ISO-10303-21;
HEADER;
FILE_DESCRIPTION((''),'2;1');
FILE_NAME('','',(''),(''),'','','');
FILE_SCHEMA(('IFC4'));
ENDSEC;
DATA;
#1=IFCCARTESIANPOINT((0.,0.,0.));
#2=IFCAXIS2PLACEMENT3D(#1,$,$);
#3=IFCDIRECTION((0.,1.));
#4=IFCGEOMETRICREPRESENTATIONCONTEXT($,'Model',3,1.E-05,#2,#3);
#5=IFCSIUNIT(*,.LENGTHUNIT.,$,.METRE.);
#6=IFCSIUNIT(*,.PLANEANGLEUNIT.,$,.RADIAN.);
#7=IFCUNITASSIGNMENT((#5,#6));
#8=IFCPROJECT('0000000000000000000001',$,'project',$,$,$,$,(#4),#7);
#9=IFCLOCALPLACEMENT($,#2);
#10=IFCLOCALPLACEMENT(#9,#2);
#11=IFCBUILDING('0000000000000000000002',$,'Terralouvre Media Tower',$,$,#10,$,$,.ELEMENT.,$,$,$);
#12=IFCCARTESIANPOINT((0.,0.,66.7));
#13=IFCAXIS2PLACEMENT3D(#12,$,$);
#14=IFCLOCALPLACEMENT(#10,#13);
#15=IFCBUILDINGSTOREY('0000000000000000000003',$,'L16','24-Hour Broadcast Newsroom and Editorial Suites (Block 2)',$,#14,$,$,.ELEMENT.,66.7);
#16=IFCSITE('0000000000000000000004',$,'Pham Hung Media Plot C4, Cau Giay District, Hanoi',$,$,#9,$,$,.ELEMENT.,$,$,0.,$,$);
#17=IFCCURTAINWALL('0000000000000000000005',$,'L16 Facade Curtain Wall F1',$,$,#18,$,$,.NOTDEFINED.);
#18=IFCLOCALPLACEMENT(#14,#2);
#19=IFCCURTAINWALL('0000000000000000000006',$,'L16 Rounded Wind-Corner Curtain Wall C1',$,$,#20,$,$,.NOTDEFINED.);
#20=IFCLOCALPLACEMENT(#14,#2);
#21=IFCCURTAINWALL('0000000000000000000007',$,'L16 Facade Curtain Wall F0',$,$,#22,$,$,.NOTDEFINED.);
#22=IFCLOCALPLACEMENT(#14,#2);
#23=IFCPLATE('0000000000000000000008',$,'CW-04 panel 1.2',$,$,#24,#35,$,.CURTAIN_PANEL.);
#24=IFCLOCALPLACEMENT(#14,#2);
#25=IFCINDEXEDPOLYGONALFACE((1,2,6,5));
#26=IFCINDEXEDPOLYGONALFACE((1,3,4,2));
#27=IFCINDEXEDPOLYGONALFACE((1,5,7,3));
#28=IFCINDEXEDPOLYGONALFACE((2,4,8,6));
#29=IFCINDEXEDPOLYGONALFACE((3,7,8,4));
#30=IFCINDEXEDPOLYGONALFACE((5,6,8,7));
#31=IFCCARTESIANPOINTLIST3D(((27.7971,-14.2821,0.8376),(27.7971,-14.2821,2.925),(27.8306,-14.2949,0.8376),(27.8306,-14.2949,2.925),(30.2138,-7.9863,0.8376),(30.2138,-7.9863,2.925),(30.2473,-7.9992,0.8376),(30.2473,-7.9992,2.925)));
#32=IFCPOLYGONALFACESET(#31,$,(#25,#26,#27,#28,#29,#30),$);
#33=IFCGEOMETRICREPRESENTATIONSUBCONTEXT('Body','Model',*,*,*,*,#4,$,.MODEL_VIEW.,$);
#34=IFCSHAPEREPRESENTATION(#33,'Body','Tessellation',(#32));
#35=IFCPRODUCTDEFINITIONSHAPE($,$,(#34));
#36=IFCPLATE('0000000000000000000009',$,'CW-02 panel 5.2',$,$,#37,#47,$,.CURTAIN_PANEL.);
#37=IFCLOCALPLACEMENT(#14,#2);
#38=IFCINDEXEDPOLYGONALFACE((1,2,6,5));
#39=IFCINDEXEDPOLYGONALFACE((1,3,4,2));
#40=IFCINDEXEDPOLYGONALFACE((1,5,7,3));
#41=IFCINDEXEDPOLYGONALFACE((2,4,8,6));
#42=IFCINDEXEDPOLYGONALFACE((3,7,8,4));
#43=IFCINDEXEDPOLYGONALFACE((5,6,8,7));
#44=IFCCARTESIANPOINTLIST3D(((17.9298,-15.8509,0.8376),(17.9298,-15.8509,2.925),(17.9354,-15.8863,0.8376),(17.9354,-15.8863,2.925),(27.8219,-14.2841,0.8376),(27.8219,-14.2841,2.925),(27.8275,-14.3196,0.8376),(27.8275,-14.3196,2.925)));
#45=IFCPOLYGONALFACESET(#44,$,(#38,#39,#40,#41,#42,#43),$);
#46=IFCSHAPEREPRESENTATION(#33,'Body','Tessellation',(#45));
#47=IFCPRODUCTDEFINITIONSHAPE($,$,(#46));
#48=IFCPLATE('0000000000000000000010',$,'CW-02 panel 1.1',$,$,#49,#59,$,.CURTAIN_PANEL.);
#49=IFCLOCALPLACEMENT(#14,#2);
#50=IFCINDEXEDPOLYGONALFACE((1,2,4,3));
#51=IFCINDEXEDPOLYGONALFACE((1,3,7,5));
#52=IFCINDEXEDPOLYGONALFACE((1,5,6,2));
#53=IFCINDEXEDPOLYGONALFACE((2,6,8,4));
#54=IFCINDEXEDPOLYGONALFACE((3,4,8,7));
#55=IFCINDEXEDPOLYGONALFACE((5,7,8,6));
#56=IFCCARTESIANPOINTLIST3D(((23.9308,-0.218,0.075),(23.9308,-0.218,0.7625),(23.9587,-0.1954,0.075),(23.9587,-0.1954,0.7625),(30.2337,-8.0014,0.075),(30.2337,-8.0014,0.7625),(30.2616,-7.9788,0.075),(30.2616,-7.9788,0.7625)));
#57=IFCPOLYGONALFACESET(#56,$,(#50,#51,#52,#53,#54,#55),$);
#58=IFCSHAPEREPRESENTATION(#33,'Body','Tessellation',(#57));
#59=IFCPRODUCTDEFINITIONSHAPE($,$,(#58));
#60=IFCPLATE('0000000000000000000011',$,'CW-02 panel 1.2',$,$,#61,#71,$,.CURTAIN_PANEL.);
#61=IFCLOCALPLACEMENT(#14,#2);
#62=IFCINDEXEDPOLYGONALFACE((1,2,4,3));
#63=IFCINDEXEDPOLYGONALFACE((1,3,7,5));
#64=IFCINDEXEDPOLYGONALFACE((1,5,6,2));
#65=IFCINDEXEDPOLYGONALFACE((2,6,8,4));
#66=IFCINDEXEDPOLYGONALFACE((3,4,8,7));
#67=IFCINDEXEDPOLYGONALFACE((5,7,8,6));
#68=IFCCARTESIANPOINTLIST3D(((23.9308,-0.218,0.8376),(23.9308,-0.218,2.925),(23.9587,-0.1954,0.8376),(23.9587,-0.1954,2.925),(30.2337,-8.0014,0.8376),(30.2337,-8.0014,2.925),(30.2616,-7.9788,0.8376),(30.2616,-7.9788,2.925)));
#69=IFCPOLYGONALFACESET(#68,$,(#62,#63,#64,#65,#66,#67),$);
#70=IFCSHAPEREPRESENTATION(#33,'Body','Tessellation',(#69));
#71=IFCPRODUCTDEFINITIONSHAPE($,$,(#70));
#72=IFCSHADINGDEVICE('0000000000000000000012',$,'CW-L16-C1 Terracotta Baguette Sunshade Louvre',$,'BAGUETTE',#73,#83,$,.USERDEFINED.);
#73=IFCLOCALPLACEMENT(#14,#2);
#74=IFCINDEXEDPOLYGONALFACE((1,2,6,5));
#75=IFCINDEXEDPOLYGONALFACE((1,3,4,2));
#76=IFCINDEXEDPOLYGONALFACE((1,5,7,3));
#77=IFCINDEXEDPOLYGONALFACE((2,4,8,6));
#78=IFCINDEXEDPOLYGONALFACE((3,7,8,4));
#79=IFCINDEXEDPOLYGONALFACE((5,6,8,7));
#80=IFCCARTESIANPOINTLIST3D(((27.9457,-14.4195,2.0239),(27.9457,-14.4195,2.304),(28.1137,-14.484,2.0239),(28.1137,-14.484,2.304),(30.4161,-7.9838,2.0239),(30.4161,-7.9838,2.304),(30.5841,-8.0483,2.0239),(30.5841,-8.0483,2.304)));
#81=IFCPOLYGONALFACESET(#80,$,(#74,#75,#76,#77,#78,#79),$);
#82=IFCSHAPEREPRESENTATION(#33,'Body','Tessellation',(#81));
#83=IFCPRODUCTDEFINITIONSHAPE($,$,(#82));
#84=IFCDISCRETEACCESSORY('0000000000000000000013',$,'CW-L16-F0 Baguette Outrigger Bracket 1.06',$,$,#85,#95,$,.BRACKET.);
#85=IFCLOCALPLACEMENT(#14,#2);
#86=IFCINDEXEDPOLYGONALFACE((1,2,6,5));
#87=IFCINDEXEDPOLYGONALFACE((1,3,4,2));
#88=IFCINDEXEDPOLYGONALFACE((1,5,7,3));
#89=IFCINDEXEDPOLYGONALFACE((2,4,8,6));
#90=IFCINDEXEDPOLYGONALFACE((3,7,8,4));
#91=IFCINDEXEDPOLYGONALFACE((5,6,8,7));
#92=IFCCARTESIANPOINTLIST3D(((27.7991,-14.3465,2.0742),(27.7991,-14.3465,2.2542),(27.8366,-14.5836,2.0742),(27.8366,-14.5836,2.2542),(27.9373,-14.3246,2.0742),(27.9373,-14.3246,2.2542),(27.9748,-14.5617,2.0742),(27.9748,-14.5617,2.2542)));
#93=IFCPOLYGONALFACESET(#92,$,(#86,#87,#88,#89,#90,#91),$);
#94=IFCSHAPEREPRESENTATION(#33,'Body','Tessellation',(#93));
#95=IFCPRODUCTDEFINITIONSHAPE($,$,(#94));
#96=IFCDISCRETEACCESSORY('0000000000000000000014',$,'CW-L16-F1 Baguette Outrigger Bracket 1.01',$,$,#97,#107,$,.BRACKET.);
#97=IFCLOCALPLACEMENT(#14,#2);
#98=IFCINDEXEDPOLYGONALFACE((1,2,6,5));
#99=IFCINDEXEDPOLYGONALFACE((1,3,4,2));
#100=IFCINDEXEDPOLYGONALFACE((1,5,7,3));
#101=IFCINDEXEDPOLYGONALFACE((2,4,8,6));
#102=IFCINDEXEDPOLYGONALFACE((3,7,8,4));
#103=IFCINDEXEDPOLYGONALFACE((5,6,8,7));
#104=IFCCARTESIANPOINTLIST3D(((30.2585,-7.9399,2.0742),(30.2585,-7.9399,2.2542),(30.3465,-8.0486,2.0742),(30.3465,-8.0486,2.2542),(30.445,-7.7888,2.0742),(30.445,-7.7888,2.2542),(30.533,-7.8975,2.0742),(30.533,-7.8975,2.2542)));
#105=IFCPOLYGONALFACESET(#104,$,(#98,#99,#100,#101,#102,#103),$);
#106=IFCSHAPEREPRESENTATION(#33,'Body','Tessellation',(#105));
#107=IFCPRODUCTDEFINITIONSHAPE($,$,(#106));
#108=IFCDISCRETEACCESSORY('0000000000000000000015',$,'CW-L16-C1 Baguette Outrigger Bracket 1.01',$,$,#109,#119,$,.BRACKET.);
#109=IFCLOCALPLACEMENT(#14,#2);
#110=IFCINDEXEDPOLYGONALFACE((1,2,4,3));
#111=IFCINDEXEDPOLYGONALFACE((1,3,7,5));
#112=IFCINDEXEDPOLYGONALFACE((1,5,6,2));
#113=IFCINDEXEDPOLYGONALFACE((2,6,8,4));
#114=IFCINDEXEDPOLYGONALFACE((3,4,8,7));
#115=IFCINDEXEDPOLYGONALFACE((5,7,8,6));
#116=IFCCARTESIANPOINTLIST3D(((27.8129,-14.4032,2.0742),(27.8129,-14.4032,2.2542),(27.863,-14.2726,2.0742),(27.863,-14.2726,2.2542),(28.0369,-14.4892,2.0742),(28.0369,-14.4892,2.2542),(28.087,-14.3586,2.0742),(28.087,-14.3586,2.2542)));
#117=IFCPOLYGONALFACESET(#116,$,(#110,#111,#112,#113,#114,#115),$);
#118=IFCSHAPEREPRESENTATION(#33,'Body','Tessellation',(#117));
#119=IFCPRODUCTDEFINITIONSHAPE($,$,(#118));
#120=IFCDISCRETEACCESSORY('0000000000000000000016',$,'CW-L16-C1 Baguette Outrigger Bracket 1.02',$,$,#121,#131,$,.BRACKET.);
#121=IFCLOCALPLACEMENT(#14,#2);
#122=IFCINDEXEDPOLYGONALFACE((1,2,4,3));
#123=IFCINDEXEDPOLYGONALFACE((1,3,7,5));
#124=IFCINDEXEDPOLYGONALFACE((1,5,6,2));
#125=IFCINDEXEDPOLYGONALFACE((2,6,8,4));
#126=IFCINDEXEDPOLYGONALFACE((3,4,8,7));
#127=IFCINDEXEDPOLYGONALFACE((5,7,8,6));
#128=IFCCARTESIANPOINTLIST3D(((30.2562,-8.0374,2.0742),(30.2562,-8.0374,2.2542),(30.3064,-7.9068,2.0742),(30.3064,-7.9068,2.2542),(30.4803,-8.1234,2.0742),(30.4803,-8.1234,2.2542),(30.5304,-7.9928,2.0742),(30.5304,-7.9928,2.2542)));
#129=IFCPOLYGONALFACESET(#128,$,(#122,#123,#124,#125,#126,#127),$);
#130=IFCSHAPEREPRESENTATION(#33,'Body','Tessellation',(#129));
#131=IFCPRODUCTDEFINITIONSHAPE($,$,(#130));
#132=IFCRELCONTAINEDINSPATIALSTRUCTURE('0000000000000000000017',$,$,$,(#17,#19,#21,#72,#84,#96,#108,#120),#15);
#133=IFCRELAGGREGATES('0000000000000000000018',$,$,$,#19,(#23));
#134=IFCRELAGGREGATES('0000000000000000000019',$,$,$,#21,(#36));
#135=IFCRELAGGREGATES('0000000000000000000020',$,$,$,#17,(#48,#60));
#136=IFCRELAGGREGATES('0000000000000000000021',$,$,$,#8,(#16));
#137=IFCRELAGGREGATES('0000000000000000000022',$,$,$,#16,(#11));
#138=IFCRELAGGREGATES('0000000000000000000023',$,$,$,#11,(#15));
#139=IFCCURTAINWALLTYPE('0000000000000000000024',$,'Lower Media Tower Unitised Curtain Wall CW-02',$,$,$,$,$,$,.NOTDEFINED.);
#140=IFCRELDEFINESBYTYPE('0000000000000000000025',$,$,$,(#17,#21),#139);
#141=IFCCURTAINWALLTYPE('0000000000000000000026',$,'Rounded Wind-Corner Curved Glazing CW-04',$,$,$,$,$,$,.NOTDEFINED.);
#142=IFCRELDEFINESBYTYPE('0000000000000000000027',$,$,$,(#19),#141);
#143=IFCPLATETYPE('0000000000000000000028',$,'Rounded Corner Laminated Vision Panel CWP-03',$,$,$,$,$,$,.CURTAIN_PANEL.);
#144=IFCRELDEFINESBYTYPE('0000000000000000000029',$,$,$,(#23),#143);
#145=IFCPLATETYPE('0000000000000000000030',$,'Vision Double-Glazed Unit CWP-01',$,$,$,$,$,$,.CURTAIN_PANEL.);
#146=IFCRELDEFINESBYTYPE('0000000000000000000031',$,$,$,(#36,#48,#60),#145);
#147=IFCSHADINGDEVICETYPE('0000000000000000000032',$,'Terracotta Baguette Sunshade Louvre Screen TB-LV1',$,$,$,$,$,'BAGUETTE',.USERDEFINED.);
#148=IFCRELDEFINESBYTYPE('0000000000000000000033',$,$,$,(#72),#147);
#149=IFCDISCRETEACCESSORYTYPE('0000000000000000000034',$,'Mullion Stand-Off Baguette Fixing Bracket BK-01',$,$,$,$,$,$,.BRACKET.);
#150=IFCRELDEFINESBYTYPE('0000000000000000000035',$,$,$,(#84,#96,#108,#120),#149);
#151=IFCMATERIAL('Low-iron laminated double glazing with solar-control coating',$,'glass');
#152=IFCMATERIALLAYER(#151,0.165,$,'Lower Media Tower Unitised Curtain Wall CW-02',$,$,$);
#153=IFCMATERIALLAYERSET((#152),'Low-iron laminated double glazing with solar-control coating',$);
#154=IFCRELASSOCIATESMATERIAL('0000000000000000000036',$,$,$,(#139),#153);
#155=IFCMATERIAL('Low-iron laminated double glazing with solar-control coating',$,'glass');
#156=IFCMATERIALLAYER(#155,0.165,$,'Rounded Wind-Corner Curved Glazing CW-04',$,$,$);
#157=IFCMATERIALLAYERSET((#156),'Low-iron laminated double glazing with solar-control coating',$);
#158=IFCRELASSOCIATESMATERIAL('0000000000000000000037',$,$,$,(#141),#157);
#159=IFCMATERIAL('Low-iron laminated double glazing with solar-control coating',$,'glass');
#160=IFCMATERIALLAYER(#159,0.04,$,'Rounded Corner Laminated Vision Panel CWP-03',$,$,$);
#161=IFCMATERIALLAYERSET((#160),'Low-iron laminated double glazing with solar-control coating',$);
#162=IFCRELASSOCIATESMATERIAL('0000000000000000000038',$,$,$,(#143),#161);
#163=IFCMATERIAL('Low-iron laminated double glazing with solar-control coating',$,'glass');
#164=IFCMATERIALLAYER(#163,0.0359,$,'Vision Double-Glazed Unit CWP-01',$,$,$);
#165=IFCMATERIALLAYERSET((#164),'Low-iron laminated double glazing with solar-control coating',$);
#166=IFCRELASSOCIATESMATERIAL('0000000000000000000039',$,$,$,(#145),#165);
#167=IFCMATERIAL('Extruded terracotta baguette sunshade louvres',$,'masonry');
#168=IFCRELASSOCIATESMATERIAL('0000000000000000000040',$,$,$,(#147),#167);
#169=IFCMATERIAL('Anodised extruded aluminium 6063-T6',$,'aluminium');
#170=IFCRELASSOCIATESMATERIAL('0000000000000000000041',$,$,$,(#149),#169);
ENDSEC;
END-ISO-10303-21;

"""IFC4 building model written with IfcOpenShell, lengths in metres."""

from ifc_helpers import new_model, si_unit, direction, frame, origin, origin_2d, place, context, subcontext, project, spatial, rectangle, extrude, material, layer, layer_set, type_object, element, aggregate, save


model = new_model("IFC4")

# Units and contexts
model_context = context("Model", 3, precision=1e-05, world=origin(), true_north=direction((0.0, 1.0)))
body_context = subcontext(model_context, "Body", "Model", "MODEL_VIEW")
ifc_project = project(units=[si_unit("LENGTHUNIT", "METRE"), si_unit("PLANEANGLEUNIT", "RADIAN")], contexts=[model_context])

# Site, building, storey
site_placement = place(None, origin())
site = spatial("IfcSite", under=ifc_project, at=site_placement, Name="Pham Hung Media Plot C4, Cau Giay District, Hanoi", CompositionType="ELEMENT", RefElevation=0.0)
building_placement = place(site_placement, origin())
building = spatial("IfcBuilding", under=site, at=building_placement, Name="Terralouvre Media Tower", CompositionType="ELEMENT")
storey_placement = place(building_placement, frame((0.0, 0.0, 66.7)))
storey = spatial("IfcBuildingStorey", under=building, at=storey_placement, Name="L16", Description="24-Hour Broadcast Newsroom and Editorial Suites (Block 2)", CompositionType="ELEMENT", Elevation=66.7)

# Curtain walls
ifc_material_1 = material(Name="Low-iron laminated double glazing with solar-control coating", Category="glass")
ifc_layer_1 = layer(ifc_material_1, 0.165, Name="Lower Media Tower Unitised Curtain Wall CW-02")
ifc_layer_set_1 = layer_set([ifc_layer_1], Name="Low-iron laminated double glazing with solar-control coating")
curtain_wall_type_1 = type_object("IfcCurtainWallType", Name="Lower Media Tower Unitised Curtain Wall CW-02", PredefinedType="NOTDEFINED", material=ifc_layer_set_1)
curtain_wall_1_placement = place(storey_placement, origin())
curtain_wall_1 = element("IfcCurtainWall", 1, at=curtain_wall_1_placement, inside=storey, type_object=curtain_wall_type_1, Name="L16 Facade Curtain Wall F1", PredefinedType="NOTDEFINED")
ifc_material_2 = material(Name="Low-iron laminated double glazing with solar-control coating", Category="glass")
ifc_layer_2 = layer(ifc_material_2, 0.165, Name="Rounded Wind-Corner Curved Glazing CW-04")
ifc_layer_set_2 = layer_set([ifc_layer_2], Name="Low-iron laminated double glazing with solar-control coating")
curtain_wall_type_2 = type_object("IfcCurtainWallType", Name="Rounded Wind-Corner Curved Glazing CW-04", PredefinedType="NOTDEFINED", material=ifc_layer_set_2)
curtain_wall_2_placement = place(storey_placement, origin())
curtain_wall_2 = element("IfcCurtainWall", 2, at=curtain_wall_2_placement, inside=storey, type_object=curtain_wall_type_2, Name="L16 Rounded Wind-Corner Curtain Wall C1", PredefinedType="NOTDEFINED")

# Curtain wall
curtain_wall_3_placement = place(storey_placement, origin())
curtain_wall_3 = element("IfcCurtainWall", 3, at=curtain_wall_3_placement, inside=storey, type_object=curtain_wall_type_1, Name="L16 Facade Curtain Wall F0", PredefinedType="NOTDEFINED")

# Plates
ifc_material_3 = material(Name="Low-iron laminated double glazing with solar-control coating", Category="glass")
ifc_layer_3 = layer(ifc_material_3, 0.04, Name="Rounded Corner Laminated Vision Panel CWP-03")
ifc_layer_set_3 = layer_set([ifc_layer_3], Name="Low-iron laminated double glazing with solar-control coating")
plate_type_1 = type_object("IfcPlateType", Name="Rounded Corner Laminated Vision Panel CWP-03", PredefinedType="CURTAIN_PANEL", material=ifc_layer_set_3)
plate_1_placement = place(storey_placement, frame((29.0222, -11.1406, 0.8376), z_axis=(0.0, 0.0, 1.0), x_axis=(0.358367, 0.933581, 0.0)))
plate_1 = element("IfcPlate", 4, at=plate_1_placement, type_object=plate_type_1, Name="CW-04 panel 1.2", PredefinedType="CURTAIN_PANEL", context=body_context, shape_type="SweptSolid", body=[
    extrude(rectangle(XDim=6.7437, YDim=0.0359, at=origin_2d()), origin(), (0.0, 0.0, 1.0), 2.0874),
])
aggregate(curtain_wall_2, [plate_1])
ifc_material_4 = material(Name="Low-iron laminated double glazing with solar-control coating", Category="glass")
ifc_layer_4 = layer(ifc_material_4, 0.0359, Name="Vision Double-Glazed Unit CWP-01")
ifc_layer_set_4 = layer_set([ifc_layer_4], Name="Low-iron laminated double glazing with solar-control coating")
plate_type_2 = type_object("IfcPlateType", Name="Vision Double-Glazed Unit CWP-01", PredefinedType="CURTAIN_PANEL", material=ifc_layer_set_4)
plate_2_placement = place(storey_placement, frame((22.8787, -15.0852, 0.8376), z_axis=(0.0, 0.0, 1.0), x_axis=(0.987688, 0.156434, 0.0)))
plate_2 = element("IfcPlate", 5, at=plate_2_placement, type_object=plate_type_2, Name="CW-02 panel 5.2", PredefinedType="CURTAIN_PANEL", context=body_context, shape_type="SweptSolid", body=[
    extrude(rectangle(XDim=10.0154, YDim=0.0359, at=origin_2d()), origin(), (0.0, 0.0, 1.0), 2.0874),
])
aggregate(curtain_wall_3, [plate_2])
plate_3_placement = place(storey_placement, frame((27.0962, -4.0984, 0.075), z_axis=(0.0, 0.0, 1.0), x_axis=(-0.62932, 0.777146, 0.0)))
plate_3 = element("IfcPlate", 6, at=plate_3_placement, type_object=plate_type_2, Name="CW-02 panel 1.1", PredefinedType="CURTAIN_PANEL", context=body_context, shape_type="SweptSolid", body=[
    extrude(rectangle(XDim=10.0154, YDim=0.0359, at=origin_2d()), origin(), (0.0, 0.0, 1.0), 0.6875),
])
plate_4_placement = place(storey_placement, frame((27.0962, -4.0984, 0.8376), z_axis=(0.0, 0.0, 1.0), x_axis=(-0.62932, 0.777146, 0.0)))
plate_4 = element("IfcPlate", 7, at=plate_4_placement, type_object=plate_type_2, Name="CW-02 panel 1.2", PredefinedType="CURTAIN_PANEL", context=body_context, shape_type="SweptSolid", body=[
    extrude(rectangle(XDim=10.0154, YDim=0.0359, at=origin_2d()), origin(), (0.0, 0.0, 1.0), 2.0874),
])
aggregate(curtain_wall_1, [plate_3, plate_4])

# Shading device
ifc_material_5 = material(Name="Extruded terracotta baguette sunshade louvres", Category="masonry")
shading_device_type = type_object("IfcShadingDeviceType", Name="Terracotta Baguette Sunshade Louvre Screen TB-LV1", ElementType="BAGUETTE", PredefinedType="USERDEFINED", material=ifc_material_5)
shading_device_placement = place(storey_placement, frame((29.2649, -11.2339, 2.0239), z_axis=(0.0, 0.0, 1.0), x_axis=(0.358367, 0.933581, 0.0)))
element("IfcShadingDevice", 8, at=shading_device_placement, inside=storey, type_object=shading_device_type, Name="CW-L16-C1 Terracotta Baguette Sunshade Louvre", ObjectType="BAGUETTE", PredefinedType="USERDEFINED", context=body_context, shape_type="SweptSolid", body=[
    extrude(rectangle(XDim=6.8936, YDim=0.1799, at=origin_2d()), origin(), (0.0, 0.0, 1.0), 0.28),
])

# Discrete accessories
ifc_material_6 = material(Name="Anodised extruded aluminium 6063-T6", Category="aluminium")
discrete_accessory_type = type_object("IfcDiscreteAccessoryType", Name="Mullion Stand-Off Baguette Fixing Bracket BK-01", PredefinedType="BRACKET", material=ifc_material_6)
for number, where, z_axis, x_axis, name in (
    (9, (27.887, -14.4541, 2.0742), (0.0, 0.0, 1.0), (0.987688, 0.156434, 0.0), "CW-L16-F0 Baguette Outrigger Bracket 1.06"),
    (10, (30.3958, -7.9187, 2.0742), (0.0, 0.0, 1.0), (-0.62932, 0.777146, 0.0), "CW-L16-F1 Baguette Outrigger Bracket 1.01"),
    (11, (27.95, -14.3809, 2.0742), (0.0, 0.0, 1.0), (0.358367, 0.933581, 0.0), "CW-L16-C1 Baguette Outrigger Bracket 1.01"),
    (12, (30.3933, -8.0151, 2.0742), (0.0, 0.0, 1.0), (0.358367, 0.933581, 0.0), "CW-L16-C1 Baguette Outrigger Bracket 1.02"),
):
    element("IfcDiscreteAccessory", number, at=place(storey_placement, frame(where, z_axis=z_axis, x_axis=x_axis)), inside=storey, type_object=discrete_accessory_type, Name=name, PredefinedType="BRACKET", context=body_context, shape_type="SweptSolid", body=[
        extrude(rectangle(XDim=0.1399, YDim=0.24, at=origin_2d()), origin(), (0.0, 0.0, 1.0), 0.1799),
    ])

save(model, "model.ifc")
